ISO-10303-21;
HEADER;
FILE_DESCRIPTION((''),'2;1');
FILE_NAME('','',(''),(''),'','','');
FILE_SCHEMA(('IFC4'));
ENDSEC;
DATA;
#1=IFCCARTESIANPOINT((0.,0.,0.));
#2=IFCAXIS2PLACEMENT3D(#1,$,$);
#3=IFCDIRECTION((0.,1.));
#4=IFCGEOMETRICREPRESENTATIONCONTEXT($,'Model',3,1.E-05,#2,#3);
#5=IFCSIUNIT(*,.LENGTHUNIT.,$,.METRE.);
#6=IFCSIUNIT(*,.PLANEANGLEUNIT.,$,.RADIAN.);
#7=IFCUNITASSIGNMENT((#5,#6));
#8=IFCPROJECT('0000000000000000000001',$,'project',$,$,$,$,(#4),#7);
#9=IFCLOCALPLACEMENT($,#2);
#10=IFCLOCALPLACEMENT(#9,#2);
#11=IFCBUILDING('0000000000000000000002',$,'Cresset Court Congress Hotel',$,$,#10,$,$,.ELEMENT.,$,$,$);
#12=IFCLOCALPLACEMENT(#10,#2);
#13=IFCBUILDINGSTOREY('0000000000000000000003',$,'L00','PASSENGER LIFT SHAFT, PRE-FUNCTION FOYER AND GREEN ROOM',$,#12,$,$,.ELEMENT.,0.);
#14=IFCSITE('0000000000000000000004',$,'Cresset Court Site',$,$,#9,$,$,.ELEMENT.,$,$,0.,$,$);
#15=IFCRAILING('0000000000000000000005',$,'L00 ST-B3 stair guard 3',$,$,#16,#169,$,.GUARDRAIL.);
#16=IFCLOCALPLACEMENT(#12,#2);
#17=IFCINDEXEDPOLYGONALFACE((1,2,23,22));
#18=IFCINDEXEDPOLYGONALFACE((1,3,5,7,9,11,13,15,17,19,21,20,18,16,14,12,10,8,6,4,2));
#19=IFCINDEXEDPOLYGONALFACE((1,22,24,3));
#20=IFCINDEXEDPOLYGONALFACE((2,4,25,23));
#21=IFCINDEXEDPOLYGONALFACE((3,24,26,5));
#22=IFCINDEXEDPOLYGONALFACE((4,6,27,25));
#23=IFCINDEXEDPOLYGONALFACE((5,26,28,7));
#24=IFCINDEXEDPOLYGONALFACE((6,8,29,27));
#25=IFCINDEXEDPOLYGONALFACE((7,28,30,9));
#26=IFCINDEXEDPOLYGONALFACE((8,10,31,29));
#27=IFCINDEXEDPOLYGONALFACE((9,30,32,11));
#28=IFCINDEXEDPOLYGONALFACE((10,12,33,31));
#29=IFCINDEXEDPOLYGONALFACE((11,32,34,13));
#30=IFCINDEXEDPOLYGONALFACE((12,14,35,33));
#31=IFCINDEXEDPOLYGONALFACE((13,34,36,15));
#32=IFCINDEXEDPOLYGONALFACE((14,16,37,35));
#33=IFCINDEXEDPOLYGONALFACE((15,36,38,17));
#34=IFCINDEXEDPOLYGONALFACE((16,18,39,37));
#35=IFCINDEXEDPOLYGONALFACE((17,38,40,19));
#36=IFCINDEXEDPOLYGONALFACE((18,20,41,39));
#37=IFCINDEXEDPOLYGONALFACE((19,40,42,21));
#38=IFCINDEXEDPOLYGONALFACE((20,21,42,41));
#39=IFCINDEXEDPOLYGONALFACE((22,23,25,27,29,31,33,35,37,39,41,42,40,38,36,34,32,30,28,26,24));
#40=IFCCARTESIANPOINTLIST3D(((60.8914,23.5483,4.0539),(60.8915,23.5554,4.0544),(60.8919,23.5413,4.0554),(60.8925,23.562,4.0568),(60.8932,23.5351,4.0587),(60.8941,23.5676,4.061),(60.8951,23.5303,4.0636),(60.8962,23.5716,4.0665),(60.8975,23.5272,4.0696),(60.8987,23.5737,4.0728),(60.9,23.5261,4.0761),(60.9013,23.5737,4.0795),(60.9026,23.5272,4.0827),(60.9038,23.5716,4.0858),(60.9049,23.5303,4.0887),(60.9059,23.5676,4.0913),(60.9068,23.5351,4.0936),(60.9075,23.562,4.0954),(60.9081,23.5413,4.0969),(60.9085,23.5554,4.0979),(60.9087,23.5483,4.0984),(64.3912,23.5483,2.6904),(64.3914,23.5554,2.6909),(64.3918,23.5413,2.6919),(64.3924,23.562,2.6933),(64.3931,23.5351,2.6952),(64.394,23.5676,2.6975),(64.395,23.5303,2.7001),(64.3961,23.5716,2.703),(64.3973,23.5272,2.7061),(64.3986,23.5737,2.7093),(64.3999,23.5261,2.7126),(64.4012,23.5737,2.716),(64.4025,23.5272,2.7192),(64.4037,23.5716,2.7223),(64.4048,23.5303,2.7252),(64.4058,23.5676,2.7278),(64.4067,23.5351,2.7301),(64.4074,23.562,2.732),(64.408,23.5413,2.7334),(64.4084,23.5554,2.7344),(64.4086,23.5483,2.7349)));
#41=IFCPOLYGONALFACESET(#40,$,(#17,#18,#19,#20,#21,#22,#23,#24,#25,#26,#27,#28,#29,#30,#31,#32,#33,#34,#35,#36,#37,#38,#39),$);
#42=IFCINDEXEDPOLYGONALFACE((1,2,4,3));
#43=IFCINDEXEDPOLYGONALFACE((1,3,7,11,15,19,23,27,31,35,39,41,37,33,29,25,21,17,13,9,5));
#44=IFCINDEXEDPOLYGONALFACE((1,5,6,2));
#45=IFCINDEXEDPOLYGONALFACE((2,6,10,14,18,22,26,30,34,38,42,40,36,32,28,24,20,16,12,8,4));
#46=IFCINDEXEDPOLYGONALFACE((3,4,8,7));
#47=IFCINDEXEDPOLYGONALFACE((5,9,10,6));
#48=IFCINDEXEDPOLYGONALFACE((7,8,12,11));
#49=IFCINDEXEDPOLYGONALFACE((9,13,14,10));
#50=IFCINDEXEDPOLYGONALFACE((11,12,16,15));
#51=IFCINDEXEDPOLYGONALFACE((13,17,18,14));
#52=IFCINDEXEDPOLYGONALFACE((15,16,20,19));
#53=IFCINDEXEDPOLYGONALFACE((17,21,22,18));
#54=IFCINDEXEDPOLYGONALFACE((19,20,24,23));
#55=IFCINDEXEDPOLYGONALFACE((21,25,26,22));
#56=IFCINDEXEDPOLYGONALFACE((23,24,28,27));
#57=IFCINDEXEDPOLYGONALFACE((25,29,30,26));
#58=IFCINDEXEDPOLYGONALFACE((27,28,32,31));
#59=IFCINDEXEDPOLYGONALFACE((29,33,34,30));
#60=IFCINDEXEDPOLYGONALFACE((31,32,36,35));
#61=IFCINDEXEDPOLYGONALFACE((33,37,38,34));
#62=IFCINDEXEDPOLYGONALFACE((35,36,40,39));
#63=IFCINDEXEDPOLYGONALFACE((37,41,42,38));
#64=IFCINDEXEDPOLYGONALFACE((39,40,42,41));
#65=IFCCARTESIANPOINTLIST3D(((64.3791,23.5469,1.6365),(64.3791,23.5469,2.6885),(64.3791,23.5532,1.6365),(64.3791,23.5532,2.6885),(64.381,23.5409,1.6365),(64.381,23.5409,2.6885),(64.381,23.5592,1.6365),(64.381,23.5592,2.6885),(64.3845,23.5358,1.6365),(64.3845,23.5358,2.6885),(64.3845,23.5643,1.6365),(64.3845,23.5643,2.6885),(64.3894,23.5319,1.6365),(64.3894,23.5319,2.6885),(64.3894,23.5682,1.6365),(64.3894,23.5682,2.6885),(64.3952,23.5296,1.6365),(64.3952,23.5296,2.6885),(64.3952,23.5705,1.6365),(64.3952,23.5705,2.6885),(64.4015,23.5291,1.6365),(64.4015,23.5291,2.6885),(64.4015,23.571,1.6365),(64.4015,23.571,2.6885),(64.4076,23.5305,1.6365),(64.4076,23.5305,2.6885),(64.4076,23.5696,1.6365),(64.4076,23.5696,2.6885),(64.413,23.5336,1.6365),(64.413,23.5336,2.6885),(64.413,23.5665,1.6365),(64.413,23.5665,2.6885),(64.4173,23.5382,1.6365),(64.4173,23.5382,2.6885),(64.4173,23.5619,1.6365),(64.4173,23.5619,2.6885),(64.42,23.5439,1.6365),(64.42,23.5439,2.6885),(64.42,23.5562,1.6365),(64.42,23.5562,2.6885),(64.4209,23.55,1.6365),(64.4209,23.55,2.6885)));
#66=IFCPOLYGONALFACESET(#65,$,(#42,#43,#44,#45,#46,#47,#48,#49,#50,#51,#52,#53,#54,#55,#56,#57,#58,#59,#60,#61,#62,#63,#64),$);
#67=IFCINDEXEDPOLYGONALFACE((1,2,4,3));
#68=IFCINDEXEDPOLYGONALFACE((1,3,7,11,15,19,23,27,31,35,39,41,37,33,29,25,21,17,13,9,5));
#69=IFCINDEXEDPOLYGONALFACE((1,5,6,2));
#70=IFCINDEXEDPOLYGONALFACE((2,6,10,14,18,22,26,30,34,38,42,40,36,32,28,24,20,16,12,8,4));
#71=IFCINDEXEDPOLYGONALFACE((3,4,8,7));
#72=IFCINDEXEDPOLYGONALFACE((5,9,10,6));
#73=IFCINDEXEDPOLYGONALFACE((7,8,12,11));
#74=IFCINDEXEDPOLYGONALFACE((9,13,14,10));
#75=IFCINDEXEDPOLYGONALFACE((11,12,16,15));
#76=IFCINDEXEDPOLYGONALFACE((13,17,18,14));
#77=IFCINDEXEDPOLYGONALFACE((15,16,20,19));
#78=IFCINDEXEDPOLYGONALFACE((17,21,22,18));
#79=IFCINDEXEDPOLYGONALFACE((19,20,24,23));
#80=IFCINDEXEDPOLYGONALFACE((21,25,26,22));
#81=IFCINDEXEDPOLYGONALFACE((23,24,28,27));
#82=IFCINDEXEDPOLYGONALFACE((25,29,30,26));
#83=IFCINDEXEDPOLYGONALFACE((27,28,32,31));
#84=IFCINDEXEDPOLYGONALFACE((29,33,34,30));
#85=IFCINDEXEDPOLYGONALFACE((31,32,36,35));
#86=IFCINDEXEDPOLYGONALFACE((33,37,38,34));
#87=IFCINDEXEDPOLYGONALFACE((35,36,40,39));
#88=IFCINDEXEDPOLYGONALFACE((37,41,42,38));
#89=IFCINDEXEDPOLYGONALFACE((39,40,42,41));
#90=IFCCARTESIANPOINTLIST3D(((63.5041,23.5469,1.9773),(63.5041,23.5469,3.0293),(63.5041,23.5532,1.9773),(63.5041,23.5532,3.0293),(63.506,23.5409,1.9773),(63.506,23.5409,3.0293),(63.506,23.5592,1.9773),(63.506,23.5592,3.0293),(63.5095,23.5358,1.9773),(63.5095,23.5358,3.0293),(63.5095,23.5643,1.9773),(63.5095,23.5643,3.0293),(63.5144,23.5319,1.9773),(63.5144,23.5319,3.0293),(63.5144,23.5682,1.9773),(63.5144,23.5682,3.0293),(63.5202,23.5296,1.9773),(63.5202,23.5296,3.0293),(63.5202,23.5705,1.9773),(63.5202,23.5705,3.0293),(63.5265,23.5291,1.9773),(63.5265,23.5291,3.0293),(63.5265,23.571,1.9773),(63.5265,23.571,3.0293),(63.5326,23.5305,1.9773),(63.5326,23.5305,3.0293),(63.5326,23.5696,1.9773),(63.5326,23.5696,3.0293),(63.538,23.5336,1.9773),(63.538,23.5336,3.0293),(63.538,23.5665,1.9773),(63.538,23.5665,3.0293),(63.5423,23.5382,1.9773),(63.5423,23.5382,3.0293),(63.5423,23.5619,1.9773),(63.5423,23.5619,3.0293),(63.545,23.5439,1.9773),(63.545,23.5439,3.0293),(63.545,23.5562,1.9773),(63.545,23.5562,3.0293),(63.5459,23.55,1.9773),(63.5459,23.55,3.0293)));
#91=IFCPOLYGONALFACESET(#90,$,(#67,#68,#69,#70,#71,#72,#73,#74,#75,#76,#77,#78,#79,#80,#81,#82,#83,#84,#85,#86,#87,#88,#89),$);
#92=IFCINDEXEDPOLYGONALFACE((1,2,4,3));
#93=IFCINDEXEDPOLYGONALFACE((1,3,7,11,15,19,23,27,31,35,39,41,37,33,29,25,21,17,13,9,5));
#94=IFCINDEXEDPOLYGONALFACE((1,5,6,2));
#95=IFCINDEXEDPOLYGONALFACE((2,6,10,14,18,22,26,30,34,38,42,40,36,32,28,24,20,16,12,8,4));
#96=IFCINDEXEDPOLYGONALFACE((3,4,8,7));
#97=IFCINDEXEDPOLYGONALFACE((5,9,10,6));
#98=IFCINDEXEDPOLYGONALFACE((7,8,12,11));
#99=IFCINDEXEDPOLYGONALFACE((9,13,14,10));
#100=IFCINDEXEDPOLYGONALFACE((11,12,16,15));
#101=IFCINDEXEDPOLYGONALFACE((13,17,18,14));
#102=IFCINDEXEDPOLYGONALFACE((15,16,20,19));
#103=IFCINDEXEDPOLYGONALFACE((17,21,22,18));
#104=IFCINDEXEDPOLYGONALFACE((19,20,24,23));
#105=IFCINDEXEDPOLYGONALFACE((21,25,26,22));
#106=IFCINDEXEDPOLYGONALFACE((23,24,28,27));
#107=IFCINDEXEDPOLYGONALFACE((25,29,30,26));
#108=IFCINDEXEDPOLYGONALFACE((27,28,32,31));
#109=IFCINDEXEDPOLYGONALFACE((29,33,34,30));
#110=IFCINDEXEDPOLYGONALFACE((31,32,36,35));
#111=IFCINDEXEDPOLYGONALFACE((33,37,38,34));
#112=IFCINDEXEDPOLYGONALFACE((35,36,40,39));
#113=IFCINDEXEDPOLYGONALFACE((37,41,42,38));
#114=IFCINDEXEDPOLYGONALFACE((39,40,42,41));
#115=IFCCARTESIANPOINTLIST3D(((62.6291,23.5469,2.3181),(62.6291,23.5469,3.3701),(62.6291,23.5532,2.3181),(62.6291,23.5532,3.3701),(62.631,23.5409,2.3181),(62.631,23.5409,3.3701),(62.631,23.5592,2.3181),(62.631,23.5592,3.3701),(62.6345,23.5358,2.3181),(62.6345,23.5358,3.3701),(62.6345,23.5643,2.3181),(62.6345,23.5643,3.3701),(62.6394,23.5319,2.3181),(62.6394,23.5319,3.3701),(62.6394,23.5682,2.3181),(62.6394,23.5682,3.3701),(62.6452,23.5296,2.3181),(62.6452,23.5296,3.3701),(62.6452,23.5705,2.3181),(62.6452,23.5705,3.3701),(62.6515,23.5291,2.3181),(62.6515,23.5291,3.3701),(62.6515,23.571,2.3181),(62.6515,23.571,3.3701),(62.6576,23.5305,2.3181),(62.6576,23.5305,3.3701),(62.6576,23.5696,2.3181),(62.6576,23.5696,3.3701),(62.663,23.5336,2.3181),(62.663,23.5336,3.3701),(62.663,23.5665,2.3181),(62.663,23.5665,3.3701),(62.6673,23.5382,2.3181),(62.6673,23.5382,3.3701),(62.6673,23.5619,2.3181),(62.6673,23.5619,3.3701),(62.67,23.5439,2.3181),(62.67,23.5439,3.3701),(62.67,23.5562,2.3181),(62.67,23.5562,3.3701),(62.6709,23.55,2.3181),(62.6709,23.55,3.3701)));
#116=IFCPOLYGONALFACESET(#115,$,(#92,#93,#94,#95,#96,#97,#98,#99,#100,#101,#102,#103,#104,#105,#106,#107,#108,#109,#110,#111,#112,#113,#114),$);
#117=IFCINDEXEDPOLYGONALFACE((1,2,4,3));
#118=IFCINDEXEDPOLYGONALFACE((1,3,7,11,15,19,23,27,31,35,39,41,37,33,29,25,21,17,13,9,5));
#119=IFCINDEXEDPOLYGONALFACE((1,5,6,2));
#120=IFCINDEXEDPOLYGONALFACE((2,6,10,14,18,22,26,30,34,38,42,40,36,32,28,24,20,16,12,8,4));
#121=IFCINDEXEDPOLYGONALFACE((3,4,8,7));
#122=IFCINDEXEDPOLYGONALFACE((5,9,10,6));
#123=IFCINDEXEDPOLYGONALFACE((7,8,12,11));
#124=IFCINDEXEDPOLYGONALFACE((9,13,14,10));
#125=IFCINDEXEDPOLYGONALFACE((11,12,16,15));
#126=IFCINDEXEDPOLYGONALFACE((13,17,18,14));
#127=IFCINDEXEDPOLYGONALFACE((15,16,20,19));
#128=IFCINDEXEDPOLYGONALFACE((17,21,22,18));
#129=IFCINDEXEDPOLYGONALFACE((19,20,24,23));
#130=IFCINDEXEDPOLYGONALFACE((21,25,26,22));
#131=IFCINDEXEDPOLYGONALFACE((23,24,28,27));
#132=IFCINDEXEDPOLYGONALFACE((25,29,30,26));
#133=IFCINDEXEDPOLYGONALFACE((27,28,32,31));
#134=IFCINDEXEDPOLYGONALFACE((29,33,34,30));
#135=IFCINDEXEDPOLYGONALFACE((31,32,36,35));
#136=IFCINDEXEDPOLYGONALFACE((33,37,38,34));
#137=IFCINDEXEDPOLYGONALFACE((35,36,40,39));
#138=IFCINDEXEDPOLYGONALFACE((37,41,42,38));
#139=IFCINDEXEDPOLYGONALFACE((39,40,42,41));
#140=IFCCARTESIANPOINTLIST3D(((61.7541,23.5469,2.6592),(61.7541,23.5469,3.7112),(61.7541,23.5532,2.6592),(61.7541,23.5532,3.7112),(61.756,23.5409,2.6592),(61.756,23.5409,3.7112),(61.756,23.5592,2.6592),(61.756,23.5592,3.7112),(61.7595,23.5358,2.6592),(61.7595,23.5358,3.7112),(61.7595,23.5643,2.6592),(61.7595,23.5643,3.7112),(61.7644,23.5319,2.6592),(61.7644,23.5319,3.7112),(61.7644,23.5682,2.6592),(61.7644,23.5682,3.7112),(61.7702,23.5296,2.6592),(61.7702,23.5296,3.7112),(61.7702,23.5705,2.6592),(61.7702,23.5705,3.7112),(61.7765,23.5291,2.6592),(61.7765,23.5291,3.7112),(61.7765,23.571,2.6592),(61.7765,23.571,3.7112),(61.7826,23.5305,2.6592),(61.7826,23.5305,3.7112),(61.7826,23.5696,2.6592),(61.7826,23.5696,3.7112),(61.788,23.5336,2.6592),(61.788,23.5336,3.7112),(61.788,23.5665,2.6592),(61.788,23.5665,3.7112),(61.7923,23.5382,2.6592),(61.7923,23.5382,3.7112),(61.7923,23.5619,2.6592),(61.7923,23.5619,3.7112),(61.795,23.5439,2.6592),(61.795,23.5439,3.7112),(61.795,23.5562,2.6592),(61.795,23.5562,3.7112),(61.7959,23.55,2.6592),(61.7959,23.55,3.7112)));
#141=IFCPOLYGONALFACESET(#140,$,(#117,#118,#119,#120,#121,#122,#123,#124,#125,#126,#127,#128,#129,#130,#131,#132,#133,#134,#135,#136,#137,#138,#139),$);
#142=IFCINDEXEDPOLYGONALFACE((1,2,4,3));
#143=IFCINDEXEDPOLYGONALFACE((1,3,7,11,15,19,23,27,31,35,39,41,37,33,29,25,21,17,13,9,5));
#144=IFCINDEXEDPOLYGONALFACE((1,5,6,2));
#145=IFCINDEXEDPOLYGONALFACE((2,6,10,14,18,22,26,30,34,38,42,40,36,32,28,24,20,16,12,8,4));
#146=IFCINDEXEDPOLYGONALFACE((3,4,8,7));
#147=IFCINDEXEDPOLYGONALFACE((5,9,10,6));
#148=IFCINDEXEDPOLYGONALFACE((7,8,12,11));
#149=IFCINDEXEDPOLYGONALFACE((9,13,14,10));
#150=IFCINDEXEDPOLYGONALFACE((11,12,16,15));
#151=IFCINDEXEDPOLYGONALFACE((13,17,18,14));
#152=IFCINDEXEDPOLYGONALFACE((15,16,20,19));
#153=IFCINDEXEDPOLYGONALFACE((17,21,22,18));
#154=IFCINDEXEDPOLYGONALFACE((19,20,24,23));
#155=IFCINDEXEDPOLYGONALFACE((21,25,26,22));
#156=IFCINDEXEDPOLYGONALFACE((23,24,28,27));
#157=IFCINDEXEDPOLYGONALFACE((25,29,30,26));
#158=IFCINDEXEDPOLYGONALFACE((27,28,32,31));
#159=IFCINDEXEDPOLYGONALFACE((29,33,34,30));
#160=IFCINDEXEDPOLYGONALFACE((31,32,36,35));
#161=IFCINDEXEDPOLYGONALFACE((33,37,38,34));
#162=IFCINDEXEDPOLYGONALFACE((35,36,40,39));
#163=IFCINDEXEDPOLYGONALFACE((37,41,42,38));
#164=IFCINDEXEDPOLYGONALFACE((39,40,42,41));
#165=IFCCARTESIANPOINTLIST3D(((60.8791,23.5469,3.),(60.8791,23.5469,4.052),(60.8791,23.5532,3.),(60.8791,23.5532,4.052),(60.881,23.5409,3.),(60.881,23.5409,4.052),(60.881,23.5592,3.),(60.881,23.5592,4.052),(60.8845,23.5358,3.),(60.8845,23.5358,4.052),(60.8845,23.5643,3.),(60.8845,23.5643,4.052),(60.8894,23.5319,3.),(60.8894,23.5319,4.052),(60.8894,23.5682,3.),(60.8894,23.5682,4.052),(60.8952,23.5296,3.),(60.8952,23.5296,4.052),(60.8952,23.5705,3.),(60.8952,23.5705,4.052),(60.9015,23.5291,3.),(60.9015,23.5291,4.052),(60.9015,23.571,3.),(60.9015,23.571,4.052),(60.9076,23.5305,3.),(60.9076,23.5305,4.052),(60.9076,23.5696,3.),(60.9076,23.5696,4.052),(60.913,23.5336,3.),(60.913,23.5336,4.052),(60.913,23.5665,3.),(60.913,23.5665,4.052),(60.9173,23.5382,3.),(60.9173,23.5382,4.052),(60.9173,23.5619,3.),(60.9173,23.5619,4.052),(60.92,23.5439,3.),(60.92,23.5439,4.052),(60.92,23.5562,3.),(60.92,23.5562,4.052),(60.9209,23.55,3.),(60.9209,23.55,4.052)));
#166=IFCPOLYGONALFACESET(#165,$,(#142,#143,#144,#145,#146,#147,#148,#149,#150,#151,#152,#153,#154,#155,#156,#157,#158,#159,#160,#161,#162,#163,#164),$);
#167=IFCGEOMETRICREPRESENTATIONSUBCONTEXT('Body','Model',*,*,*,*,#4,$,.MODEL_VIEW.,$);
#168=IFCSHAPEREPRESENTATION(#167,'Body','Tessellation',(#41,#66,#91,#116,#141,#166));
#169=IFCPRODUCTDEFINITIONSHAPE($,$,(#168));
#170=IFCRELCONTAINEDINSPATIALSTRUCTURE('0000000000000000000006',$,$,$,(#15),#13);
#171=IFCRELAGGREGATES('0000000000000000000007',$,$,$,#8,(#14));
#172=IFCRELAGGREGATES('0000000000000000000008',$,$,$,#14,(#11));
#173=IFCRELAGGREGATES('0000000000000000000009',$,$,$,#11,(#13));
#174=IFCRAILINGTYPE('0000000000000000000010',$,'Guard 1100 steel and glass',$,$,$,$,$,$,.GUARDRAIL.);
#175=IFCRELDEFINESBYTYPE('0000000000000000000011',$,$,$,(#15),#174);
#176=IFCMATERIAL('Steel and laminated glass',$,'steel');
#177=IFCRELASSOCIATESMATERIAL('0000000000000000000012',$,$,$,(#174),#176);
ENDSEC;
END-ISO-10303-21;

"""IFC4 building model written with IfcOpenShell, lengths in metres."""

from ifc_helpers import new_model, si_unit, direction, frame, origin, origin_2d, place, context, subcontext, project, spatial, circle, extrude, material, type_object, element, save


model = new_model("IFC4")

# Units and contexts
model_context = context("Model", 3, precision=1e-05, world=origin(), true_north=direction((0.0, 1.0)))
body_context = subcontext(model_context, "Body", "Model", "MODEL_VIEW")
ifc_project = project(units=[si_unit("LENGTHUNIT", "METRE"), si_unit("PLANEANGLEUNIT", "RADIAN")], contexts=[model_context])

# Site, building, storey
site_placement = place(None, origin())
site = spatial("IfcSite", under=ifc_project, at=site_placement, Name="Cresset Court Site", CompositionType="ELEMENT", RefElevation=0.0)
building_placement = place(site_placement, origin())
building = spatial("IfcBuilding", under=site, at=building_placement, Name="Cresset Court Congress Hotel", CompositionType="ELEMENT")
storey_placement = place(building_placement, origin())
storey = spatial("IfcBuildingStorey", under=building, at=storey_placement, Name="L00", Description="PASSENGER LIFT SHAFT, PRE-FUNCTION FOYER AND GREEN ROOM", CompositionType="ELEMENT", Elevation=0.0)

# Railing
ifc_material_1 = material(Name="Steel and laminated glass", Category="steel")
railing_type_1 = type_object("IfcRailingType", Name="Guard 1100 steel and glass", PredefinedType="GUARDRAIL", material=ifc_material_1)
railing_1_placement = place(storey_placement, frame((64.3999, 23.55, 1.6365)))
element("IfcRailing", 1, at=railing_1_placement, inside=storey, type_object=railing_type_1, Name="L00 ST-B3 stair guard 3", PredefinedType="GUARDRAIL", context=body_context, shape_type="SweptSolid", body=[
    extrude(circle(Radius=0.0239, at=origin_2d()), frame((0.0, 0.0, 1.0762), z_axis=(-0.931787, 0.0, 0.363005), x_axis=(0.0, -1.0, 0.0)), (0.0, 0.0, 1.0), 3.7561),
    extrude(circle(Radius=0.021, at=origin_2d()), origin(), (0.0, 0.0, 1.0), 1.052),
    extrude(circle(Radius=0.021, at=origin_2d()), frame((-0.875, 0.0, 0.3408)), (0.0, 0.0, 1.0), 1.052),
    extrude(circle(Radius=0.021, at=origin_2d()), frame((-1.75, 0.0, 0.6816)), (0.0, 0.0, 1.0), 1.052),
    extrude(circle(Radius=0.021, at=origin_2d()), frame((-2.625, 0.0, 1.0227)), (0.0, 0.0, 1.0), 1.052),
    extrude(circle(Radius=0.021, at=origin_2d()), frame((-3.5, 0.0, 1.3635)), (0.0, 0.0, 1.0), 1.052),
])

save(model, "model.ifc")
